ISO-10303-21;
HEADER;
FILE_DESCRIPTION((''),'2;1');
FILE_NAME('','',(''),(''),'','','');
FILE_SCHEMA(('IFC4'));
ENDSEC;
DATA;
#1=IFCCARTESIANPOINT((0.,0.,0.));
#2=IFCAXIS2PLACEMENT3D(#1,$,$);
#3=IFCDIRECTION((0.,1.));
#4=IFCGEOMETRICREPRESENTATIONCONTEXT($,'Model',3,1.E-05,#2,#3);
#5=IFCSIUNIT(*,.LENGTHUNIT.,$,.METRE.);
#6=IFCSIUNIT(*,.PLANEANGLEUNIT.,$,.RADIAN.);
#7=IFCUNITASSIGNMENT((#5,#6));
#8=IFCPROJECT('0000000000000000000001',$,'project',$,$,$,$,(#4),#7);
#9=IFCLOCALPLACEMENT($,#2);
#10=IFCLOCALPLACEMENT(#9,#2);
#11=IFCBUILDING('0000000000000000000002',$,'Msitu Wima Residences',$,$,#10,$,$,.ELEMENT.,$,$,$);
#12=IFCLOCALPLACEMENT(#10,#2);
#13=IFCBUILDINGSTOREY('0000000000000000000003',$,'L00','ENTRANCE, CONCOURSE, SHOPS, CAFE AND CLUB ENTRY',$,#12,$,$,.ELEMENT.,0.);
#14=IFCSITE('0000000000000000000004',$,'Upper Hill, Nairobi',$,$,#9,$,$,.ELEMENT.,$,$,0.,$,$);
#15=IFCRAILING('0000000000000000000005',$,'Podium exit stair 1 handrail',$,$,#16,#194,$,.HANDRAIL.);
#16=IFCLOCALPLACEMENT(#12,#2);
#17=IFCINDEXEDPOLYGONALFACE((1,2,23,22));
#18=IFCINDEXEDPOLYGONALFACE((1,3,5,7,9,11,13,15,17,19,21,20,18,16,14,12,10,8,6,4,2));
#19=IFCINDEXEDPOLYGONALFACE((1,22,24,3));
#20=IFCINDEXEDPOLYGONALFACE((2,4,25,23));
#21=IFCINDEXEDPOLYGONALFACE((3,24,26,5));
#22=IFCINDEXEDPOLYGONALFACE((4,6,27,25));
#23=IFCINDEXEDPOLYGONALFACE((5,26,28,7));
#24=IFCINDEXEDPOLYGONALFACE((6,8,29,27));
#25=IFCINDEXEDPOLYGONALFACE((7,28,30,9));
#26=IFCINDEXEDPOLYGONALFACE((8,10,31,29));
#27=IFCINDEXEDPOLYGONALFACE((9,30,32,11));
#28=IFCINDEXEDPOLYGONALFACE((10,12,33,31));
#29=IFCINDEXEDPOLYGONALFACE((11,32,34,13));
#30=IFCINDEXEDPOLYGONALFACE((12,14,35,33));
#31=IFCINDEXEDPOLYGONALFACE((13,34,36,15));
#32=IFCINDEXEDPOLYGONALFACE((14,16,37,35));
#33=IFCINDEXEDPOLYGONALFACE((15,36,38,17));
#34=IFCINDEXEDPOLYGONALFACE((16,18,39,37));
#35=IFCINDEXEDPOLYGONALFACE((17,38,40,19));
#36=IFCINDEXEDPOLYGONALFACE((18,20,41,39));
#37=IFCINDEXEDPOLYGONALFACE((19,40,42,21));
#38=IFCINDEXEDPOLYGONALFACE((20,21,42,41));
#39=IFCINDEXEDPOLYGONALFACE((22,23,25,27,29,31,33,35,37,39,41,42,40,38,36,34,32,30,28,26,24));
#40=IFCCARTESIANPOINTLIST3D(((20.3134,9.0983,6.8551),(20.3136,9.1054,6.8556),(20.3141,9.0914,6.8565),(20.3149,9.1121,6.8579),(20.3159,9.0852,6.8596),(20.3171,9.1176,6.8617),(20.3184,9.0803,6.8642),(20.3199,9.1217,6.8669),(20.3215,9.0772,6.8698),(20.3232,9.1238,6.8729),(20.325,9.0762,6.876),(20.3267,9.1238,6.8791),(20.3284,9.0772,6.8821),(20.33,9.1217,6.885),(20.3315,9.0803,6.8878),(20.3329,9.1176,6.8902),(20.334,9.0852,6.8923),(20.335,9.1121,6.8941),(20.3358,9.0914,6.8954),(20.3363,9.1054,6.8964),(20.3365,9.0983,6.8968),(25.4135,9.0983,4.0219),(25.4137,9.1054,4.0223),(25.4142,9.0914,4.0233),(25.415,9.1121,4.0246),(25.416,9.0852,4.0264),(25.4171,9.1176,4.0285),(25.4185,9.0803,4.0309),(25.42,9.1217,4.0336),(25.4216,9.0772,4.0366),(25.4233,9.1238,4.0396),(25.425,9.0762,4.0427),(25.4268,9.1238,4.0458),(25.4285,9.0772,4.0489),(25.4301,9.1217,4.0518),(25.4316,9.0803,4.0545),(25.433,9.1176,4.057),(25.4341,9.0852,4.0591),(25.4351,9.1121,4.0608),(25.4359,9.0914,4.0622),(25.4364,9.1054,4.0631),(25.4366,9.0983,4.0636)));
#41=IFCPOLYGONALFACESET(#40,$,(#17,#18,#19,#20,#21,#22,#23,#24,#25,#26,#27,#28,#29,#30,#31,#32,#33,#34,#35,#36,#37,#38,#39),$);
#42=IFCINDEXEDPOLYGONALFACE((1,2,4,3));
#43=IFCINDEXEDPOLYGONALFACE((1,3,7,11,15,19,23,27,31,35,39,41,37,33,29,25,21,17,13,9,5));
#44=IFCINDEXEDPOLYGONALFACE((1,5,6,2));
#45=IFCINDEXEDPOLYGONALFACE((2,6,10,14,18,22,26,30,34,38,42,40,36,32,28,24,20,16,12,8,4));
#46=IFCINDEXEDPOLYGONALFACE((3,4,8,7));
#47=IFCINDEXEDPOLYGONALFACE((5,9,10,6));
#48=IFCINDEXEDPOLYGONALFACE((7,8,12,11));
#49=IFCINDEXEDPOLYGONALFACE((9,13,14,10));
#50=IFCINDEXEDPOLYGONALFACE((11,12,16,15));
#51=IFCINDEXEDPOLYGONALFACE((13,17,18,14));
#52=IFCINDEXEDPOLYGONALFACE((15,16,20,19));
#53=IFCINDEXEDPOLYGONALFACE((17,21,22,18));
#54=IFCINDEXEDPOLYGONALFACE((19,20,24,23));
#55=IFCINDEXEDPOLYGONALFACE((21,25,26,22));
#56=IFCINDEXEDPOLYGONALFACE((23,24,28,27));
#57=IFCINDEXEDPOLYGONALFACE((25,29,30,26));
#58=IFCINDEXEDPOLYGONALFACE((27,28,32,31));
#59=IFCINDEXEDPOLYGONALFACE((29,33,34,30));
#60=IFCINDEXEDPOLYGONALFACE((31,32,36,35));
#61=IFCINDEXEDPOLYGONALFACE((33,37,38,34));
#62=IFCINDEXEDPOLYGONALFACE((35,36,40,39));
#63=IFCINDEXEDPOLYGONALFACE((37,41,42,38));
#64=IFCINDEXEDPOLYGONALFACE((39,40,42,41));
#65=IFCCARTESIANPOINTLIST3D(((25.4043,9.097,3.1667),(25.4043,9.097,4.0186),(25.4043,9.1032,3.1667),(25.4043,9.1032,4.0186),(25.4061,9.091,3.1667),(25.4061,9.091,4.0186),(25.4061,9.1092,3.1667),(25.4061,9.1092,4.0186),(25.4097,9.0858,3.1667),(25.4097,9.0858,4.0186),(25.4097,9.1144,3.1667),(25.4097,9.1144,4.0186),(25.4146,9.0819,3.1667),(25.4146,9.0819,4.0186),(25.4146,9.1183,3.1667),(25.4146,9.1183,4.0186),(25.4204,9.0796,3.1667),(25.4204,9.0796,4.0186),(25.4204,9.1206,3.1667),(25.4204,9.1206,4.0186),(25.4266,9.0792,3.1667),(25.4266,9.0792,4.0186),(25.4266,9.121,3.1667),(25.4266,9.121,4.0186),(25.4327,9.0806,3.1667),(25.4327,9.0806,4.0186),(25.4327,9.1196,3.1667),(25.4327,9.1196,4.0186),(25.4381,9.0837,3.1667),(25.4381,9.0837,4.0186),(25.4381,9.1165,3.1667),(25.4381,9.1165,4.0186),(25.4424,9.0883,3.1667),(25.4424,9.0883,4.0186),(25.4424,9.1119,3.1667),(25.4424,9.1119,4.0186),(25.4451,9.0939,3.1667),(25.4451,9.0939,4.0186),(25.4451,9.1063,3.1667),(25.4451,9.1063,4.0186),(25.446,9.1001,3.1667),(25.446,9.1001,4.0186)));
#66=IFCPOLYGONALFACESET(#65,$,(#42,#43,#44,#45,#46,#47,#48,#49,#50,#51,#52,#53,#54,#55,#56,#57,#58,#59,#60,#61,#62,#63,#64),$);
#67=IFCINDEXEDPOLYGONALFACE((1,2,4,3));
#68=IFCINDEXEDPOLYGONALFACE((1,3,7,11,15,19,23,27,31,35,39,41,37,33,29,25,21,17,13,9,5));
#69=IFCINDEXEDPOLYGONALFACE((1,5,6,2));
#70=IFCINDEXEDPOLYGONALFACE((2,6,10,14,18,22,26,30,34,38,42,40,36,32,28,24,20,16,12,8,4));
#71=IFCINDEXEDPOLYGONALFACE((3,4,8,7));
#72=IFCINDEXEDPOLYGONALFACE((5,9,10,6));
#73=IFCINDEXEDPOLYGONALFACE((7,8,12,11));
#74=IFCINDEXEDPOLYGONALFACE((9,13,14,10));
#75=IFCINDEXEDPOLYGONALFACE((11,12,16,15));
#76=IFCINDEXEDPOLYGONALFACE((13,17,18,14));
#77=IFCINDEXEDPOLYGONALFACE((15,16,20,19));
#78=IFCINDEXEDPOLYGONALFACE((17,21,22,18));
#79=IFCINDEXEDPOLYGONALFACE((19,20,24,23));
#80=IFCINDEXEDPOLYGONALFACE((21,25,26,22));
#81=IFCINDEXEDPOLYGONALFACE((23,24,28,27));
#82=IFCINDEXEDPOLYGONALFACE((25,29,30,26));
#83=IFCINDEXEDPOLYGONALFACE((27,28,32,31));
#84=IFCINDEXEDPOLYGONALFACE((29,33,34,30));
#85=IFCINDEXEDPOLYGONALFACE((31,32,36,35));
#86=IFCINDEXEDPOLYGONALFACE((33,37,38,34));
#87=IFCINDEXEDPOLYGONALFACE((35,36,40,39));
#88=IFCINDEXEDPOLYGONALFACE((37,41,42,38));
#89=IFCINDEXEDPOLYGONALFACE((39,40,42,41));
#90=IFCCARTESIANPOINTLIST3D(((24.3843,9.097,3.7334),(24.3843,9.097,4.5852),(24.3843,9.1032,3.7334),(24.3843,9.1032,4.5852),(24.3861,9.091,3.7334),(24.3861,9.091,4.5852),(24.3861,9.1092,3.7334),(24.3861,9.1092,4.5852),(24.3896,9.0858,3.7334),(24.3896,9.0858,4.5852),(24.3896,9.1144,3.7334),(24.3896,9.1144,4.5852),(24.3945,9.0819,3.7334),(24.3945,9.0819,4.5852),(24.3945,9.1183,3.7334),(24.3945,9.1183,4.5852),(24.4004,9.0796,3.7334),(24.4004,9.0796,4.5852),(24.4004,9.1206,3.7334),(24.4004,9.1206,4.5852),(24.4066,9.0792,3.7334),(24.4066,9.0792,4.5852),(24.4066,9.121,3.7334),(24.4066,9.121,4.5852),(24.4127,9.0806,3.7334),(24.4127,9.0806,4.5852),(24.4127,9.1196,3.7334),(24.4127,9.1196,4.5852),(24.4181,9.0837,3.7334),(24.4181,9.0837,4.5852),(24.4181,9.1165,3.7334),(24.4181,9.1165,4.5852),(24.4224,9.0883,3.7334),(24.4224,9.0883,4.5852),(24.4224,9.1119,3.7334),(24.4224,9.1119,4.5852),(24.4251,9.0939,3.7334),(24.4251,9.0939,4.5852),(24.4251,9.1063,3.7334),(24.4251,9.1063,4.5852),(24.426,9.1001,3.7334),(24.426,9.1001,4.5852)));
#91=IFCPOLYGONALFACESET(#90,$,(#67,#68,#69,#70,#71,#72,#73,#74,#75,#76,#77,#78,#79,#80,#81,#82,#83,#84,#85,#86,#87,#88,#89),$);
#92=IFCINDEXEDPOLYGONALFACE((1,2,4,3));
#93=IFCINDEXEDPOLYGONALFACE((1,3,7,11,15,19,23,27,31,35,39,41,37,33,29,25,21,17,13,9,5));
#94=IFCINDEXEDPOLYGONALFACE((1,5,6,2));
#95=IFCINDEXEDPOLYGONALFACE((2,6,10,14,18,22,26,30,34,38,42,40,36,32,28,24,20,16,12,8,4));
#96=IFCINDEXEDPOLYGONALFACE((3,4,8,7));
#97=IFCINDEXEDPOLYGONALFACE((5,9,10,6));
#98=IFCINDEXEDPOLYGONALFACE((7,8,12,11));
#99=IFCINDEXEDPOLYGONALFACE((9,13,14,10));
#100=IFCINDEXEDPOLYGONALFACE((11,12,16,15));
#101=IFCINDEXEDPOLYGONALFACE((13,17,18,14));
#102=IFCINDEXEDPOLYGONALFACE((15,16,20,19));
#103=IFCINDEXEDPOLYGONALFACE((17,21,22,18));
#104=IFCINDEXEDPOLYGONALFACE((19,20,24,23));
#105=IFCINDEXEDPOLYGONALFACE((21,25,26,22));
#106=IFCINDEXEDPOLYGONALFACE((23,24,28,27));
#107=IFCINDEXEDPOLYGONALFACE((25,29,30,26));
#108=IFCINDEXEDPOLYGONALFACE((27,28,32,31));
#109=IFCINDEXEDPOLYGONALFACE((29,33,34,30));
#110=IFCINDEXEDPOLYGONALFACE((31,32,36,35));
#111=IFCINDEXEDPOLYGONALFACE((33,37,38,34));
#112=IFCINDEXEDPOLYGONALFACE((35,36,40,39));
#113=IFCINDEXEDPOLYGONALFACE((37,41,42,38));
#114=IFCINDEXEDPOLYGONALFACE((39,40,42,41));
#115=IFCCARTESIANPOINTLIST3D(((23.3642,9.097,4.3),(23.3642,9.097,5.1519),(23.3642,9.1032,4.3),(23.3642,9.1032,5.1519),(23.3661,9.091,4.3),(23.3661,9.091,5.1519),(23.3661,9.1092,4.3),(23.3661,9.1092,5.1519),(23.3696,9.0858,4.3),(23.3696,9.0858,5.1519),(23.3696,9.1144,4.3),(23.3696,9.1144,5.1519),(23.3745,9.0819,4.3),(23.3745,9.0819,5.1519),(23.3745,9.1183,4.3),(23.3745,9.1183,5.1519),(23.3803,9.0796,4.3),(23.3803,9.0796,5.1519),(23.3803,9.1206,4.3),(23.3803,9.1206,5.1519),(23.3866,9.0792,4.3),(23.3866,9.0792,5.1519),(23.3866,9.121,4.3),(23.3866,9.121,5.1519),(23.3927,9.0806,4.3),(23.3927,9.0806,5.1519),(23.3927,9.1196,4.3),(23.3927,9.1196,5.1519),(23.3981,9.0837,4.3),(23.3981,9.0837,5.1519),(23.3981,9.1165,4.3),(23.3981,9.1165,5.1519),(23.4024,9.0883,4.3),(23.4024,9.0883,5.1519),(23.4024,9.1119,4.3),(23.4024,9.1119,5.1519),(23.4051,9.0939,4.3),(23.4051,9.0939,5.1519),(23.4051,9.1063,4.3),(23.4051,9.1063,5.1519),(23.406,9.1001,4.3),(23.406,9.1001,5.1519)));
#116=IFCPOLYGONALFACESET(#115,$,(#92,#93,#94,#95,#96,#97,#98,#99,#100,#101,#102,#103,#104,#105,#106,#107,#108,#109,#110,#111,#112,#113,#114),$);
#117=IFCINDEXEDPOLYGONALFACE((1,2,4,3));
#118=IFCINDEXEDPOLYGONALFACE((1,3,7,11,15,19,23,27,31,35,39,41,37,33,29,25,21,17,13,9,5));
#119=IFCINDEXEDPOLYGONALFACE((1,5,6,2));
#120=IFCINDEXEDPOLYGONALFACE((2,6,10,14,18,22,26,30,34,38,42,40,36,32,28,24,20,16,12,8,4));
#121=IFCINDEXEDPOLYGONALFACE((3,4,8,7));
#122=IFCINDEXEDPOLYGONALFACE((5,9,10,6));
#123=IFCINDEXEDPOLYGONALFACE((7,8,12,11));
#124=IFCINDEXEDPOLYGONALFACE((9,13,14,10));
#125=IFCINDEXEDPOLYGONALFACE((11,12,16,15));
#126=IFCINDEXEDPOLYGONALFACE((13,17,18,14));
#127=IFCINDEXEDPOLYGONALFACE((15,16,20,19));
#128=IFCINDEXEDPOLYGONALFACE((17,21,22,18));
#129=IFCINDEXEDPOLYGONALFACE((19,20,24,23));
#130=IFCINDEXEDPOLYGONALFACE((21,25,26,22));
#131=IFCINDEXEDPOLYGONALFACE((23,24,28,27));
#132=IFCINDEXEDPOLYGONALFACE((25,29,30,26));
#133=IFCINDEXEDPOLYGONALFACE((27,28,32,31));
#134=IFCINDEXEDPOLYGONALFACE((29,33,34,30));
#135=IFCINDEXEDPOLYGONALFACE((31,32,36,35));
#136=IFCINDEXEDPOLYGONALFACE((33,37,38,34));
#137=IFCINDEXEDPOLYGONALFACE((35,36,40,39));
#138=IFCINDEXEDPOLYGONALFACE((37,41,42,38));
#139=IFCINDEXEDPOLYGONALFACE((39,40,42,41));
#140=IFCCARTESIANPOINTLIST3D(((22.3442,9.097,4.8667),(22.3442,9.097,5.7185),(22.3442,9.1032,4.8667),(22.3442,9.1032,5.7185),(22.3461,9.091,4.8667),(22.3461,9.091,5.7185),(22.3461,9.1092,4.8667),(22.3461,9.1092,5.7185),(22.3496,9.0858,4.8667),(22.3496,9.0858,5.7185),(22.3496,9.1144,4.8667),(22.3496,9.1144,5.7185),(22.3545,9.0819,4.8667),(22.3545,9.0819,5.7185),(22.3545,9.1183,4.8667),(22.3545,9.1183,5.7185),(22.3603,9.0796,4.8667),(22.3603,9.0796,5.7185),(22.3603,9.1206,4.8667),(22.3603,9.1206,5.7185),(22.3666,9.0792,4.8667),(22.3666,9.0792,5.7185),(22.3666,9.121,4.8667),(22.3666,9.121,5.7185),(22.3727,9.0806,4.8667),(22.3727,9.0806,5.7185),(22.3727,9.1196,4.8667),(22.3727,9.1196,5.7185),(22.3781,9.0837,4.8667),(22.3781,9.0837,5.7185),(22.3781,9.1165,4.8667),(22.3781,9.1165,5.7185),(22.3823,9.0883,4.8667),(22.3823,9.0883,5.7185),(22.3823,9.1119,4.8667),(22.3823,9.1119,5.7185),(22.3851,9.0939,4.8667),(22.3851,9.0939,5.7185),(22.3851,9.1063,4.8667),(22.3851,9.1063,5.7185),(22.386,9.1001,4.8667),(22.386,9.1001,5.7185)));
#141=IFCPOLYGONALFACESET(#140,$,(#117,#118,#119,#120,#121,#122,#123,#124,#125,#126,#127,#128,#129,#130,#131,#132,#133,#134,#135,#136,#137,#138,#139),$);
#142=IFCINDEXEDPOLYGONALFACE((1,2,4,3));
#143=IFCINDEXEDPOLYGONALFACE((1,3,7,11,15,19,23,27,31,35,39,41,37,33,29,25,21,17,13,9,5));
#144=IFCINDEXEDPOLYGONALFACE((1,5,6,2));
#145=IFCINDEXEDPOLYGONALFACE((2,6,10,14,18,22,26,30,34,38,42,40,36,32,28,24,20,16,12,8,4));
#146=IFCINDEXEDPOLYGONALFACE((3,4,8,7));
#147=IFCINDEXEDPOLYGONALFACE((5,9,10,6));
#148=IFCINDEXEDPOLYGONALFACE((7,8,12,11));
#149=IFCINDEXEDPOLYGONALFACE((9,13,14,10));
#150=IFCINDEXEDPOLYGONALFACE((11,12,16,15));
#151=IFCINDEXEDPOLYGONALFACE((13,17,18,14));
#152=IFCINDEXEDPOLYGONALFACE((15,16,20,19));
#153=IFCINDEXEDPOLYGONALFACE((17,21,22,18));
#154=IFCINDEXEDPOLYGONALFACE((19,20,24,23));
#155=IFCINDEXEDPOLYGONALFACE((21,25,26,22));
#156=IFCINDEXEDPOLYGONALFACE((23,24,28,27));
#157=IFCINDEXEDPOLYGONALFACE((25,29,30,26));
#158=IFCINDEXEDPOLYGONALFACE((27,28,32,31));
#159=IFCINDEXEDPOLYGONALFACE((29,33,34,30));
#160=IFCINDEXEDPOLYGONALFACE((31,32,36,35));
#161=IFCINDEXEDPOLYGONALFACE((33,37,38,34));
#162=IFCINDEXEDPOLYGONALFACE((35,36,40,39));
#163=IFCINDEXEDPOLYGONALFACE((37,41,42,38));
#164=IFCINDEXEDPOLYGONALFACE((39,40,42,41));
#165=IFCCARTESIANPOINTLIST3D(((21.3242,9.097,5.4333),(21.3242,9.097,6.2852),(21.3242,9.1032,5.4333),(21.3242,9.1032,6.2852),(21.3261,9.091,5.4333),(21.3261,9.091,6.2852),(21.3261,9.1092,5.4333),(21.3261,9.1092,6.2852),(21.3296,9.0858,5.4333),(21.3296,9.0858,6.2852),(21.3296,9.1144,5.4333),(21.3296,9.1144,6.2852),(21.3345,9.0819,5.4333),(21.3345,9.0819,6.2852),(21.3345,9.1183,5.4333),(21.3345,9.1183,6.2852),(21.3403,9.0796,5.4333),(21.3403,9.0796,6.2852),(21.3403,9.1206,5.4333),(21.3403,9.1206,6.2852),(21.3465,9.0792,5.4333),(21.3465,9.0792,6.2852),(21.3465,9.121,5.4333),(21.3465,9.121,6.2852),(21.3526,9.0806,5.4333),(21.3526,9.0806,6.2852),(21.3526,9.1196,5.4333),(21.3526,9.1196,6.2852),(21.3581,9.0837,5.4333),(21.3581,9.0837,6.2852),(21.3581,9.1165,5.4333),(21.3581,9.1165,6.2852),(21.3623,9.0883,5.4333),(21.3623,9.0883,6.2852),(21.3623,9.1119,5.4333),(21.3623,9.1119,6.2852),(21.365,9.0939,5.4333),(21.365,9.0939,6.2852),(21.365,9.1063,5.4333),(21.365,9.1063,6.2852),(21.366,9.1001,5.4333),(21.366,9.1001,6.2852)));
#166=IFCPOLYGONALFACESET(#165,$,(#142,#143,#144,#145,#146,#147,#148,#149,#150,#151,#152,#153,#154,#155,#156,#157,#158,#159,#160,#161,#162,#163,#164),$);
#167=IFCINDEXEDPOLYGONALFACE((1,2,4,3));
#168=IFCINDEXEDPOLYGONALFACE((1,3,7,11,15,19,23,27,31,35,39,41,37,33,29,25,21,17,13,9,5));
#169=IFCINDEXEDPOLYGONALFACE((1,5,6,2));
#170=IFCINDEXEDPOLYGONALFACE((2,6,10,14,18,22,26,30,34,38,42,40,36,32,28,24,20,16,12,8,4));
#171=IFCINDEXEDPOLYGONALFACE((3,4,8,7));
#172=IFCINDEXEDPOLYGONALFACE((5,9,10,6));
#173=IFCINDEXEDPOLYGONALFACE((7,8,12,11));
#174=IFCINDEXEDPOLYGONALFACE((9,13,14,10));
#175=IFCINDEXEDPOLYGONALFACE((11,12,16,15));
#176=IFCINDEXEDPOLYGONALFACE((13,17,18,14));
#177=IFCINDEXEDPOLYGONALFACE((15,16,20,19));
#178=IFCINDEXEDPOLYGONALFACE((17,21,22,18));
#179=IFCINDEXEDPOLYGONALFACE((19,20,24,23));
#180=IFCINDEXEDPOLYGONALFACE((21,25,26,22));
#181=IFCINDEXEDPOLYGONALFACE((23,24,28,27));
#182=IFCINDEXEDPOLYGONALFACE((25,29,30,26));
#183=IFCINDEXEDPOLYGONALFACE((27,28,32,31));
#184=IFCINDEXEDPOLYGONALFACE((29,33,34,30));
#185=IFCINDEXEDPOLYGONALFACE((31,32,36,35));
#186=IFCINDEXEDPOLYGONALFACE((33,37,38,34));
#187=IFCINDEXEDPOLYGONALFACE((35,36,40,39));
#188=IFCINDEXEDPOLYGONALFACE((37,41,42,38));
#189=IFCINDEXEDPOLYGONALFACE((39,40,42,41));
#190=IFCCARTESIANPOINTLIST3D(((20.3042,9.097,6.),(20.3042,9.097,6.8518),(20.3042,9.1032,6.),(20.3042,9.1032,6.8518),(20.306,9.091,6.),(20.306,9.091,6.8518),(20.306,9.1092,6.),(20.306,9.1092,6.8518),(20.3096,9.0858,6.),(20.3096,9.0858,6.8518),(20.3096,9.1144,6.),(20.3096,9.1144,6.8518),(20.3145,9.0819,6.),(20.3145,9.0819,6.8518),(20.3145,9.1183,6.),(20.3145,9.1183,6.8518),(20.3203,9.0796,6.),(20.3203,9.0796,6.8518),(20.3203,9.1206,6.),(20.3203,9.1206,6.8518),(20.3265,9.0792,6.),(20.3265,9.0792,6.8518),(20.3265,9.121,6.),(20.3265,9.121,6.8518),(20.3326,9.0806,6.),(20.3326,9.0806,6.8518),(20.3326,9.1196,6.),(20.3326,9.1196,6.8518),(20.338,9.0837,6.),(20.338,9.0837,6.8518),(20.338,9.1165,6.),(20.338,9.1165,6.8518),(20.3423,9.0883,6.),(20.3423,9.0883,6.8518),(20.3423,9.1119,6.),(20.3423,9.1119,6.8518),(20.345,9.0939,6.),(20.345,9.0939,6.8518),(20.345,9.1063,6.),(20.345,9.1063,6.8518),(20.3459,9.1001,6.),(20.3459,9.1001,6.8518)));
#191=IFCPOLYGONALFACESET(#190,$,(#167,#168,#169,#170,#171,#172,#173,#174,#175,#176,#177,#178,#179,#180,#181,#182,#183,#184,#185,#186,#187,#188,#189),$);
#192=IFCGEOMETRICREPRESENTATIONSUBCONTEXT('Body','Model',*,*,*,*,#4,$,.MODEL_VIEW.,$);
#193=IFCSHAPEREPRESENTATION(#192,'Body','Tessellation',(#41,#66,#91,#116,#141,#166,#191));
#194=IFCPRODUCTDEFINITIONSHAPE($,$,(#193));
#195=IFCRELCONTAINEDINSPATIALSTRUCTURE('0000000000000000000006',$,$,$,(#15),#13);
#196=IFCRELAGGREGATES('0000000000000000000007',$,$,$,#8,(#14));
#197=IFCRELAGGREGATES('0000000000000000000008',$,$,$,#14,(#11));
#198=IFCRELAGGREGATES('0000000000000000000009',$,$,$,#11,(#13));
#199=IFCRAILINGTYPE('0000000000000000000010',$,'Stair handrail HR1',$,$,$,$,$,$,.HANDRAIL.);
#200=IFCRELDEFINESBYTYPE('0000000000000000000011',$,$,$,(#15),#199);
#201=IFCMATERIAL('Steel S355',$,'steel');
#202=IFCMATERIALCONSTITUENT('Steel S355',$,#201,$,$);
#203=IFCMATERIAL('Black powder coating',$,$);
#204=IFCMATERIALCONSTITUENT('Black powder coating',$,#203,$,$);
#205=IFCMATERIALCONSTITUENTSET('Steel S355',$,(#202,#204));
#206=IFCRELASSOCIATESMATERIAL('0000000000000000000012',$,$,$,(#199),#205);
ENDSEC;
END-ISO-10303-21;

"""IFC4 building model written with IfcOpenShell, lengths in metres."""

from ifc_helpers import new_model, si_unit, direction, frame, origin, origin_2d, place, context, subcontext, project, spatial, circle, extrude, material, constituent, constituent_set, type_object, element, save


model = new_model("IFC4")

# Units and contexts
model_context = context("Model", 3, precision=1e-05, world=origin(), true_north=direction((0.0, 1.0)))
body_context = subcontext(model_context, "Body", "Model", "MODEL_VIEW")
ifc_project = project(units=[si_unit("LENGTHUNIT", "METRE"), si_unit("PLANEANGLEUNIT", "RADIAN")], contexts=[model_context])

# Site, building, storey
site_placement = place(None, origin())
site = spatial("IfcSite", under=ifc_project, at=site_placement, Name="Upper Hill, Nairobi", CompositionType="ELEMENT", RefElevation=0.0)
building_placement = place(site_placement, origin())
building = spatial("IfcBuilding", under=site, at=building_placement, Name="Msitu Wima Residences", CompositionType="ELEMENT")
storey_placement = place(building_placement, origin())
storey = spatial("IfcBuildingStorey", under=building, at=storey_placement, Name="L00", Description="ENTRANCE, CONCOURSE, SHOPS, CAFE AND CLUB ENTRY", CompositionType="ELEMENT", Elevation=0.0)

# Railing
ifc_material_1 = material(Name="Steel S355", Category="steel")
ifc_constituent_1 = constituent(ifc_material_1, Name="Steel S355")
ifc_material_2 = material(Name="Black powder coating")
ifc_constituent_2 = constituent(ifc_material_2, Name="Black powder coating")
ifc_constituent_set = constituent_set(constituents=[ifc_constituent_1, ifc_constituent_2], Name="Steel S355")
railing_type = type_object("IfcRailingType", Name="Stair handrail HR1", PredefinedType="HANDRAIL", material=ifc_constituent_set)
railing_1_placement = place(storey_placement, frame((25.425, 9.1001, 3.1667)))
element("IfcRailing", 1, at=railing_1_placement, inside=storey, type_object=railing_type, Name="Podium exit stair 1 handrail", PredefinedType="HANDRAIL", context=body_context, shape_type="SweptSolid", body=[
    extrude(circle(Radius=0.0239, at=origin_2d()), frame((0.0, 0.0, 0.876), z_axis=(-0.874167, 0.0, 0.485625), x_axis=(0.0, -1.0, 0.0)), (0.0, 0.0, 1.0), 5.8342),
    extrude(circle(Radius=0.021, at=origin_2d()), origin(), (0.0, 0.0, 1.0), 0.8518),
    extrude(circle(Radius=0.021, at=origin_2d()), frame((-1.02, 0.0, 0.5667)), (0.0, 0.0, 1.0), 0.8518),
    extrude(circle(Radius=0.021, at=origin_2d()), frame((-2.04, 0.0, 1.1333)), (0.0, 0.0, 1.0), 0.8518),
    extrude(circle(Radius=0.021, at=origin_2d()), frame((-3.0601, 0.0, 1.7)), (0.0, 0.0, 1.0), 0.8518),
    extrude(circle(Radius=0.021, at=origin_2d()), frame((-4.0801, 0.0, 2.2666)), (0.0, 0.0, 1.0), 0.8518),
    extrude(circle(Radius=0.021, at=origin_2d()), frame((-5.1001, 0.0, 2.8333)), (0.0, 0.0, 1.0), 0.8518),
])

save(model, "model.ifc")
